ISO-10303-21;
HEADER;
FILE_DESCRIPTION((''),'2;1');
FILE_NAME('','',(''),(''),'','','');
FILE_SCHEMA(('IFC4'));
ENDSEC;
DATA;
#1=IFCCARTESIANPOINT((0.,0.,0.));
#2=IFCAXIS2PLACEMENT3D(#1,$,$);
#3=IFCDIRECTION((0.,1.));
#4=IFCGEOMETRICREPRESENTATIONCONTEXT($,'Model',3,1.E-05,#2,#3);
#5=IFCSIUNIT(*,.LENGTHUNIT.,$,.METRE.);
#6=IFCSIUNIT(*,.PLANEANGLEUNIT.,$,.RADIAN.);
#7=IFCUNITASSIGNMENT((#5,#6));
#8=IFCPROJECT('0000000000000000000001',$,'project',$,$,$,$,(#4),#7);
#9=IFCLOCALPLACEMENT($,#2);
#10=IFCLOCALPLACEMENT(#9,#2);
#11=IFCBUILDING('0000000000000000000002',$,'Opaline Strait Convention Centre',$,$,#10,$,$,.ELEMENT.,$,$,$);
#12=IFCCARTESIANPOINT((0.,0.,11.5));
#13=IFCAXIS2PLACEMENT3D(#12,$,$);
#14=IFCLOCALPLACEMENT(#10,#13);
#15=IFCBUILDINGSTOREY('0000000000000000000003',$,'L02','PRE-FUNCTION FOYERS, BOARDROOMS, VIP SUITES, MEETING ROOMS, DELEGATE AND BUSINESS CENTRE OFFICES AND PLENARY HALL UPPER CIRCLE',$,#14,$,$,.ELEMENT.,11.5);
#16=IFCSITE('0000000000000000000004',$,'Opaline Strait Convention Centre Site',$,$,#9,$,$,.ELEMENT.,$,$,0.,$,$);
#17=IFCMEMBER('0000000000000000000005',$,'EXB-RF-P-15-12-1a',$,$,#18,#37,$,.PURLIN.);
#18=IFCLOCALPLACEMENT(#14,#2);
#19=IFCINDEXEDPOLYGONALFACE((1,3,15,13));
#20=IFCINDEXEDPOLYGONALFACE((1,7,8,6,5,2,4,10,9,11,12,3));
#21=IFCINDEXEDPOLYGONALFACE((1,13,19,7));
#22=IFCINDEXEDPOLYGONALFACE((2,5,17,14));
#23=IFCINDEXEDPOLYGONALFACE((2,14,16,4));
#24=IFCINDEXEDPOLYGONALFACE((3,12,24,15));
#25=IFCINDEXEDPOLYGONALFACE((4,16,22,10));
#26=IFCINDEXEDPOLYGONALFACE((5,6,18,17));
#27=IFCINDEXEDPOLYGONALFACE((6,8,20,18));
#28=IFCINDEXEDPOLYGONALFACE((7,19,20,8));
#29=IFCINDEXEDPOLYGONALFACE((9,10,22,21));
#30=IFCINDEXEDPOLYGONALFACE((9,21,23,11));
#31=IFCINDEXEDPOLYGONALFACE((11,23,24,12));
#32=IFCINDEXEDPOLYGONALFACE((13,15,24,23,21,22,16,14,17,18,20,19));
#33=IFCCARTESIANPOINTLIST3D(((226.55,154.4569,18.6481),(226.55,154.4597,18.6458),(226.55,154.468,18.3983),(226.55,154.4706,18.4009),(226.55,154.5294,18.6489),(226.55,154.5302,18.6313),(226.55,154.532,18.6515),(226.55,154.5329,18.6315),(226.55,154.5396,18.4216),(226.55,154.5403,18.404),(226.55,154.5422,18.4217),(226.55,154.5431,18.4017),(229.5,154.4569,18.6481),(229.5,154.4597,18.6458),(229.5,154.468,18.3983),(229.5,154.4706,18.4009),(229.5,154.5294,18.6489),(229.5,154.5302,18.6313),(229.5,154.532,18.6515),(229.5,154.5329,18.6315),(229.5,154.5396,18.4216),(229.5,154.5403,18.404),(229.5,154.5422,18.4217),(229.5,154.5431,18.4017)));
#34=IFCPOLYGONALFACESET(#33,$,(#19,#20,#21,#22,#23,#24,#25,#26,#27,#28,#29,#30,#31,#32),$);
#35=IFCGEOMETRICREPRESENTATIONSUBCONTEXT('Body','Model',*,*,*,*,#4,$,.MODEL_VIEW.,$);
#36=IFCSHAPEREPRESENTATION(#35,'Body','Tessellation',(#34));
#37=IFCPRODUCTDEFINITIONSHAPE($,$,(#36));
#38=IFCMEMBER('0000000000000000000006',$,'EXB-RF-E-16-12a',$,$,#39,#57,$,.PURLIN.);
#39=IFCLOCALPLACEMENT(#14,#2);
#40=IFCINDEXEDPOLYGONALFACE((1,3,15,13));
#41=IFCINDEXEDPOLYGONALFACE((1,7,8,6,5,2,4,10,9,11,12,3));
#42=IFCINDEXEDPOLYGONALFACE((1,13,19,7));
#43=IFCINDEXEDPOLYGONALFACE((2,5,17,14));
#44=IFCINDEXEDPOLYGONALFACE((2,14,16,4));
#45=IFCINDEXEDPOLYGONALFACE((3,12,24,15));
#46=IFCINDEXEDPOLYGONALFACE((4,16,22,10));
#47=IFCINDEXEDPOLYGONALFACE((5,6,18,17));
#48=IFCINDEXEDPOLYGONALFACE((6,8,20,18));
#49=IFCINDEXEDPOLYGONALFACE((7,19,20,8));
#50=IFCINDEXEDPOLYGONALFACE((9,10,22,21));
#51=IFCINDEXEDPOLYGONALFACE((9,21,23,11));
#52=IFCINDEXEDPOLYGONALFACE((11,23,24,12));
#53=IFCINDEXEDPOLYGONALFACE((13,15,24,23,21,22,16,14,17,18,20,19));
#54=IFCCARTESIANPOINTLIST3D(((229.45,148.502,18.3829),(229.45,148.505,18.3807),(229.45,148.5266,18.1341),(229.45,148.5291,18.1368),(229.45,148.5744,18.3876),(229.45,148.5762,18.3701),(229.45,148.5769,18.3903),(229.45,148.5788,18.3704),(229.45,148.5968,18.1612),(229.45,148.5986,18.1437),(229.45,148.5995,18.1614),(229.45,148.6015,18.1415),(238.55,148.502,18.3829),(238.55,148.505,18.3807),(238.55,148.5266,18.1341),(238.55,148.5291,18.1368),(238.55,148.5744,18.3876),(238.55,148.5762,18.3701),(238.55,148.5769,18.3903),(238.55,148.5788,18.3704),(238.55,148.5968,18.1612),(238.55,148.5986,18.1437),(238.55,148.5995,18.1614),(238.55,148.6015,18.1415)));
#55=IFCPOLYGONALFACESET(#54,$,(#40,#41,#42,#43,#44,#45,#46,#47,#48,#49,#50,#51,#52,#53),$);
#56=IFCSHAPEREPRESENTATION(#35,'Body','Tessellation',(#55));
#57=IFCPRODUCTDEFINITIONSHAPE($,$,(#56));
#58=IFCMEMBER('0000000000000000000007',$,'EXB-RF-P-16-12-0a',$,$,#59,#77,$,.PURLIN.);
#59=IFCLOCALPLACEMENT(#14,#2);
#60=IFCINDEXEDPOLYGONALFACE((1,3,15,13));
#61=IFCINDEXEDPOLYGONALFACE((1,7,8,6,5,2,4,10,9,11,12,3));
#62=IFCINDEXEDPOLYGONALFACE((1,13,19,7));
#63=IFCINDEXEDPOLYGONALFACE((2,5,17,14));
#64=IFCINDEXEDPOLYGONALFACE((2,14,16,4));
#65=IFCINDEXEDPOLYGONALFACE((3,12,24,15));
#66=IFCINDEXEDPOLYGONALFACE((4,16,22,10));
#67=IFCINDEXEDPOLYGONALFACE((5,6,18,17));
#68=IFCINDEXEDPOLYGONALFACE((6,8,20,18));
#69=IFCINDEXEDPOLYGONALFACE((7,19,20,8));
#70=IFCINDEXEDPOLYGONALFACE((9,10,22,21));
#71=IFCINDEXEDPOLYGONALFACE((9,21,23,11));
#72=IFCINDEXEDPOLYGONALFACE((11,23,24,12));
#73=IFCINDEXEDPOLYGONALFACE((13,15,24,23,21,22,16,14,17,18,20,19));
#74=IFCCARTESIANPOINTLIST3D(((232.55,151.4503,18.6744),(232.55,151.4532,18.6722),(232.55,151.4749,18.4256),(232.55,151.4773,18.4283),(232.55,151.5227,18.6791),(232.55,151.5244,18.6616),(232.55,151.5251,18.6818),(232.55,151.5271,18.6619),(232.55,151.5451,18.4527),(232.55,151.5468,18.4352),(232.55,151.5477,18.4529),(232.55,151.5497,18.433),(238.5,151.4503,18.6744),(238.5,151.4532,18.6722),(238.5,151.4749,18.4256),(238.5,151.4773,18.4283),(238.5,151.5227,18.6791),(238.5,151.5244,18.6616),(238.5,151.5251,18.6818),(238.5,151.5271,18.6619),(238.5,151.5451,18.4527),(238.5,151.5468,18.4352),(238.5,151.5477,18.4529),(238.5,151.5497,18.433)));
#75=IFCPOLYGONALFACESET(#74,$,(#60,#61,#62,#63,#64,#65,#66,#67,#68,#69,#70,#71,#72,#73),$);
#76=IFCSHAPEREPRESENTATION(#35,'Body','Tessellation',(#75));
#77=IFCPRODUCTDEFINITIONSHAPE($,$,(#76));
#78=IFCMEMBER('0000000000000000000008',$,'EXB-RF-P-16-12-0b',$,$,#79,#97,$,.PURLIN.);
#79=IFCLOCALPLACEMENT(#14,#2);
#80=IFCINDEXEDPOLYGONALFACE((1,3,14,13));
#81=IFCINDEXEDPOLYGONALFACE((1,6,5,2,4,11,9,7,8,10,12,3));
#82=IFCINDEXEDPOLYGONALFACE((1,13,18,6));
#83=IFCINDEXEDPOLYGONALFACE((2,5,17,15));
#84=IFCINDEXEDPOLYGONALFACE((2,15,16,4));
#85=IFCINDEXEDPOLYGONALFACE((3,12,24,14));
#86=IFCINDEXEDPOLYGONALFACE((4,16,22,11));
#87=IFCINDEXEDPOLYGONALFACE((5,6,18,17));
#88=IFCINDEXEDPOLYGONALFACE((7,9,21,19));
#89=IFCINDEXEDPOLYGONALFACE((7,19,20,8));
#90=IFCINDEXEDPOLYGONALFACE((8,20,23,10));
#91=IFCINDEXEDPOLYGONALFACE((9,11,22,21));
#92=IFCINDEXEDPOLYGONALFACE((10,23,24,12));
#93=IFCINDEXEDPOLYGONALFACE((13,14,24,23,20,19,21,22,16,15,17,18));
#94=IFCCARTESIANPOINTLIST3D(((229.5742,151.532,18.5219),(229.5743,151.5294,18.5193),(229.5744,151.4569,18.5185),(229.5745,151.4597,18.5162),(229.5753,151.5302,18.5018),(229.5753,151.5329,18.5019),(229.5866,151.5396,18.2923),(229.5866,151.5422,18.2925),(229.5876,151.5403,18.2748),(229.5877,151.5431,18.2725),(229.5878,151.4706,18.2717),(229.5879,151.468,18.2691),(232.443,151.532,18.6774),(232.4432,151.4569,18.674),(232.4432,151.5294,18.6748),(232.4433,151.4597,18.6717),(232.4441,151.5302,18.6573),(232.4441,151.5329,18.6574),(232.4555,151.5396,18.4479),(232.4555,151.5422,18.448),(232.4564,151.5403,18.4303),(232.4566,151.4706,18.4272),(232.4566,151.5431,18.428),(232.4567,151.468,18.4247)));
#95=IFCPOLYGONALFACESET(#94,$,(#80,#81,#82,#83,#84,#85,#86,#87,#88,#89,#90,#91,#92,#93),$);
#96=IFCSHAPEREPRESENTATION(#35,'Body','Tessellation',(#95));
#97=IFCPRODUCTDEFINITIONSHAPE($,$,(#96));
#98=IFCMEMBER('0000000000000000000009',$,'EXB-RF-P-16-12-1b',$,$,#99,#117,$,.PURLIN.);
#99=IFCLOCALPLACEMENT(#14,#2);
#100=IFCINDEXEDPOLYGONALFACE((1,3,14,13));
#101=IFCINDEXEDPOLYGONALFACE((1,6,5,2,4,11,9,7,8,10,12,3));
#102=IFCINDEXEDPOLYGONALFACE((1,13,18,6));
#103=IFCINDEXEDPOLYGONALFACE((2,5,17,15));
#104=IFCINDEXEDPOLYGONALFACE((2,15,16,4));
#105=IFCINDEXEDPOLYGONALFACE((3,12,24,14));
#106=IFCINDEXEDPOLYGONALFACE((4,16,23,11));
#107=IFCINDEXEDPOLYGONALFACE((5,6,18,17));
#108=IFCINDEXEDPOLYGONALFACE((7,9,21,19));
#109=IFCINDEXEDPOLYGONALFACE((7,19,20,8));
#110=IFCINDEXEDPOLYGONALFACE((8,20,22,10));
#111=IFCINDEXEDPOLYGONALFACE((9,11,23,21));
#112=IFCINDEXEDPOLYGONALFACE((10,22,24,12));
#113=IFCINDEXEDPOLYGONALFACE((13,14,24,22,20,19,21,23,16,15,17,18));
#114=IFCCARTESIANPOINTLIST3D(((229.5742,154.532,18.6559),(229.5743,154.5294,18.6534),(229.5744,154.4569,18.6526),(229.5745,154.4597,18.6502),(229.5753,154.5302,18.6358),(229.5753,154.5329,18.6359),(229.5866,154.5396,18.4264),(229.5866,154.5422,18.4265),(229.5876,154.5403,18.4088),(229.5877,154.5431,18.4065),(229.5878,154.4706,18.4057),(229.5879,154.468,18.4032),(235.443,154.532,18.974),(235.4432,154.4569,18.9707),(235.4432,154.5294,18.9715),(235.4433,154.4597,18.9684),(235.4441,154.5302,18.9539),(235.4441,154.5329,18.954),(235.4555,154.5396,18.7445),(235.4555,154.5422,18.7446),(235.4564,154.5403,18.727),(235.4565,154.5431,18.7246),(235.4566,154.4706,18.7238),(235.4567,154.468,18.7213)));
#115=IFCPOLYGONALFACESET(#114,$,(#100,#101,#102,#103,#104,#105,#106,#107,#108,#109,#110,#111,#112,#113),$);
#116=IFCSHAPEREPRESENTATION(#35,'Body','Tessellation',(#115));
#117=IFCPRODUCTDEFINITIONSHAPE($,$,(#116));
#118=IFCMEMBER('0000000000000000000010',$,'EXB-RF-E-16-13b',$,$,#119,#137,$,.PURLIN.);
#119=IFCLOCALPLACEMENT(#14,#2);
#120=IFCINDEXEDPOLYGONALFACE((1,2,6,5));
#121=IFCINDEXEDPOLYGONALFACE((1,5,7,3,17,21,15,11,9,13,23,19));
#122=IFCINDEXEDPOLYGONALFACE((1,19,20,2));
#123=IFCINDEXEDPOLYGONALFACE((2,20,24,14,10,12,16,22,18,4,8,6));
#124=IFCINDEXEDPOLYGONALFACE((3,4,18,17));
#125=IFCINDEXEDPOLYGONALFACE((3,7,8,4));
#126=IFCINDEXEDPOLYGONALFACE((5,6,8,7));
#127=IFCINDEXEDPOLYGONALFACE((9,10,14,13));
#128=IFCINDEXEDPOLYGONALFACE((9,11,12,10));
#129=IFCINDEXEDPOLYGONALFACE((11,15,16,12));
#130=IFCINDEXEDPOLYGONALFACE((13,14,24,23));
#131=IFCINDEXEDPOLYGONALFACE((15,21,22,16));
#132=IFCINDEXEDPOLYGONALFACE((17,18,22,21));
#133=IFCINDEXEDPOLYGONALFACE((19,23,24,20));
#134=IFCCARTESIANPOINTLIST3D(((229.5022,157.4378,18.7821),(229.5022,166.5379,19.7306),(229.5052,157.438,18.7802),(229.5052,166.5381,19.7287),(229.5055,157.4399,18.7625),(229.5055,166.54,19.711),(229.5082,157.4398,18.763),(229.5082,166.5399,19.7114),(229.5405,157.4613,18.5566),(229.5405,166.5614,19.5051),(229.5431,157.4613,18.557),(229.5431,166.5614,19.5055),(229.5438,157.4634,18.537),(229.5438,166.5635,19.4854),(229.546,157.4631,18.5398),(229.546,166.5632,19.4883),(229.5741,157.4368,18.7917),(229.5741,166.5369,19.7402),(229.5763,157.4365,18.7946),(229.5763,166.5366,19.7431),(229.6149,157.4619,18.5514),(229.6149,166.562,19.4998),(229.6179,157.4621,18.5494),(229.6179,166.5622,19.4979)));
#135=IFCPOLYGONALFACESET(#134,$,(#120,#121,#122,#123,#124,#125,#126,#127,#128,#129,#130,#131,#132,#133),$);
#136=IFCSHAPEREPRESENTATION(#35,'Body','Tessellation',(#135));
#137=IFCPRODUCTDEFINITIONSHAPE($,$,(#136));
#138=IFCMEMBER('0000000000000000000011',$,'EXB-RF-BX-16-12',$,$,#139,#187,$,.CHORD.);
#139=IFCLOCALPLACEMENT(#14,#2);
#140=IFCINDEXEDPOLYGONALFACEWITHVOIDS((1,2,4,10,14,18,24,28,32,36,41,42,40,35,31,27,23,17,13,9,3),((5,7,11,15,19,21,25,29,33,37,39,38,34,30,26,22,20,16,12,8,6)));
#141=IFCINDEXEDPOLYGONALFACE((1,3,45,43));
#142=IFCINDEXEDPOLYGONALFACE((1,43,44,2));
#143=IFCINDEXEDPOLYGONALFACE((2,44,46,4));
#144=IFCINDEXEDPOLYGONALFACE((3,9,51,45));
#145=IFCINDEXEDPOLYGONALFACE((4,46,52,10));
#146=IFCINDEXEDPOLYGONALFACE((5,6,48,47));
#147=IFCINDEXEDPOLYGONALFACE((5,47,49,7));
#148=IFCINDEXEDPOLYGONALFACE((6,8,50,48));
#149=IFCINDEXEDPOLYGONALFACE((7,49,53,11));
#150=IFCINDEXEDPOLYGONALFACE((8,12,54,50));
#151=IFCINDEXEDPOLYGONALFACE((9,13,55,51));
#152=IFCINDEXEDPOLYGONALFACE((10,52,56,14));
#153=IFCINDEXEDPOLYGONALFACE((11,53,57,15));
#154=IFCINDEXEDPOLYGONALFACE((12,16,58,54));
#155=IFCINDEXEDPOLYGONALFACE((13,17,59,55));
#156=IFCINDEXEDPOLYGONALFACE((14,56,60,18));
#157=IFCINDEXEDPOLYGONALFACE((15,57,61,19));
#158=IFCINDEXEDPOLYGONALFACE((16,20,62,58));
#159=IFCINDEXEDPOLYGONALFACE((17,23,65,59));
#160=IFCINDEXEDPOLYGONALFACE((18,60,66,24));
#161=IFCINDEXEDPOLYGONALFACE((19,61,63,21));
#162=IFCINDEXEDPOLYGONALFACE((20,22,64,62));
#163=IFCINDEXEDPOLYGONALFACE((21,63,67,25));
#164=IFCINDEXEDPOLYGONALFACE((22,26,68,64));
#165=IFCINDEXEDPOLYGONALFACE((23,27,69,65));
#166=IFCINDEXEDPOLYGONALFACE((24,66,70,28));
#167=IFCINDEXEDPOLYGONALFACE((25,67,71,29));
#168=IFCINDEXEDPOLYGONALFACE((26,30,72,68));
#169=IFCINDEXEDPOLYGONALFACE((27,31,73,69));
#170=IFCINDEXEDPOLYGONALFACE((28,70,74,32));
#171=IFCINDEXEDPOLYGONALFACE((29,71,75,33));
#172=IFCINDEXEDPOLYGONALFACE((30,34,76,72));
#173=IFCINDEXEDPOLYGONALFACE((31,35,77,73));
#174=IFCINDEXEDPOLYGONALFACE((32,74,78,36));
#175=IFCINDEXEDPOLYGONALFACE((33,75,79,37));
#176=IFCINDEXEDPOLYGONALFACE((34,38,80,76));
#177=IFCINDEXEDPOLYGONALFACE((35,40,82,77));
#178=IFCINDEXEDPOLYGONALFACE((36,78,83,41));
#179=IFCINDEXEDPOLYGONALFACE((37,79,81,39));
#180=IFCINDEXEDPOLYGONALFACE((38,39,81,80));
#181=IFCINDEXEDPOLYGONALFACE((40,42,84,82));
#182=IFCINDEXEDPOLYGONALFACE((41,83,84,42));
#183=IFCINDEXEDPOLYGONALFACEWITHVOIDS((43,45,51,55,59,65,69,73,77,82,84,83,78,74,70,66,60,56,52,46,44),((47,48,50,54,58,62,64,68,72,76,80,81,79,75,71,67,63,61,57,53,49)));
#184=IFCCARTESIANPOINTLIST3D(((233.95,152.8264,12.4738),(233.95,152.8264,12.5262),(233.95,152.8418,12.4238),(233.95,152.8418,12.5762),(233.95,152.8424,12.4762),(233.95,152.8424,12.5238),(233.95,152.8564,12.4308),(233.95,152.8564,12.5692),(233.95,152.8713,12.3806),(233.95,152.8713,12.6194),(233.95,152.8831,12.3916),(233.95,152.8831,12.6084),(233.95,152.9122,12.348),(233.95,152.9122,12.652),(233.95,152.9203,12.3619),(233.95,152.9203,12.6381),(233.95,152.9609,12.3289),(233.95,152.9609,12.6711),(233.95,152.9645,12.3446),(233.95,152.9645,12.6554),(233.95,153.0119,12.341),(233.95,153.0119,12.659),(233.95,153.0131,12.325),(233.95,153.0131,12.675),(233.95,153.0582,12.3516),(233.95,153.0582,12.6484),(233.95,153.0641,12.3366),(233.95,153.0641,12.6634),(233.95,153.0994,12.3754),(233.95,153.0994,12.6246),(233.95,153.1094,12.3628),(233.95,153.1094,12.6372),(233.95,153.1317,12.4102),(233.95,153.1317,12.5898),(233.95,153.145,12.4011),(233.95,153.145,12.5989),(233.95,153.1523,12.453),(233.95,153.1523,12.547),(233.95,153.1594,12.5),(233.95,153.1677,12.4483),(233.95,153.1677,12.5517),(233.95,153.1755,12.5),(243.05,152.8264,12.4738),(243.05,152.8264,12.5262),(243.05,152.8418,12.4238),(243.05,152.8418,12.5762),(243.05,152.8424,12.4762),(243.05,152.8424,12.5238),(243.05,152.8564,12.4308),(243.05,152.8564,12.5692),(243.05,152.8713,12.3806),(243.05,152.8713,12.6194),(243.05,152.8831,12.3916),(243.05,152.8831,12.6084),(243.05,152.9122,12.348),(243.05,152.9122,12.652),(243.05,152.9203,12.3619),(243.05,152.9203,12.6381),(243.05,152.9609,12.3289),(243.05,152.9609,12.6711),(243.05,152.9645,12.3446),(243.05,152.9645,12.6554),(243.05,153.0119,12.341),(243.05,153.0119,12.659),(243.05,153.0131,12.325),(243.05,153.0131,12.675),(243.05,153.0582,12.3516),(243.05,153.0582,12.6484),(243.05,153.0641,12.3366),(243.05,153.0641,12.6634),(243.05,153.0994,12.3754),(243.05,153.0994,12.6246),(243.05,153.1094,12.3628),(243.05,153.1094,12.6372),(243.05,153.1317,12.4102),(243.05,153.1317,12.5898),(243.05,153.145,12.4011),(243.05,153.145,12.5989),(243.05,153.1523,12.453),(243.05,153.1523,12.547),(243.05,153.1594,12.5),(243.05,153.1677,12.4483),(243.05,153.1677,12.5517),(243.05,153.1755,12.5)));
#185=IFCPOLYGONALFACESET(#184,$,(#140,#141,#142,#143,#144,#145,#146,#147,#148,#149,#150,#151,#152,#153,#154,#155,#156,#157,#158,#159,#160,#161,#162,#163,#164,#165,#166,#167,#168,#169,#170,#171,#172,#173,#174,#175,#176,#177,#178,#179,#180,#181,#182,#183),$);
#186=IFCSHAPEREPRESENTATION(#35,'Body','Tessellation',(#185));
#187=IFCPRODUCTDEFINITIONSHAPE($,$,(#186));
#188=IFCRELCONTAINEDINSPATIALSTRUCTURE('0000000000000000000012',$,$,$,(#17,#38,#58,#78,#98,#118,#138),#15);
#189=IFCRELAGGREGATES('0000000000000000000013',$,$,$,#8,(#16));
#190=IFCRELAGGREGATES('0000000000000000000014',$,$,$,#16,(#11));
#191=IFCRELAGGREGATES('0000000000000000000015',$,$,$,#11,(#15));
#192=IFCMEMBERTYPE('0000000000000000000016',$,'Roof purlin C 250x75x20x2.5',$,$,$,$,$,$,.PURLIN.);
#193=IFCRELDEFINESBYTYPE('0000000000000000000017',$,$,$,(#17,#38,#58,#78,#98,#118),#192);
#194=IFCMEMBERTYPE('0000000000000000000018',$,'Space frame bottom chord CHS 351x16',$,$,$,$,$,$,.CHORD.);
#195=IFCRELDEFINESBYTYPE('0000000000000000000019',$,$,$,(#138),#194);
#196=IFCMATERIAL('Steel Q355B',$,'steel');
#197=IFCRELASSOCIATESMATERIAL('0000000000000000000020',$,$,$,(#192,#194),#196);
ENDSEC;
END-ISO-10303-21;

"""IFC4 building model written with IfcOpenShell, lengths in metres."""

from ifc_helpers import new_model, si_unit, direction, frame, origin, origin_2d, place, context, subcontext, project, spatial, polyline, hollow_circle, outline, extrude, material, material_profile, profile_set, type_object, element, save


model = new_model("IFC4")

# Units and contexts
model_context = context("Model", 3, precision=1e-05, world=origin(), true_north=direction((0.0, 1.0)))
body_context = subcontext(model_context, "Body", "Model", "MODEL_VIEW")
ifc_project = project(units=[si_unit("LENGTHUNIT", "METRE"), si_unit("PLANEANGLEUNIT", "RADIAN")], contexts=[model_context])

# Site, building, storey
site_placement = place(None, origin())
site = spatial("IfcSite", under=ifc_project, at=site_placement, Name="Opaline Strait Convention Centre Site", CompositionType="ELEMENT", RefElevation=0.0)
building_placement = place(site_placement, origin())
building = spatial("IfcBuilding", under=site, at=building_placement, Name="Opaline Strait Convention Centre", CompositionType="ELEMENT")
storey_placement = place(building_placement, frame((0.0, 0.0, 11.5)))
storey = spatial("IfcBuildingStorey", under=building, at=storey_placement, Name="L02", Description="PRE-FUNCTION FOYERS, BOARDROOMS, VIP SUITES, MEETING ROOMS, DELEGATE AND BUSINESS CENTRE OFFICES AND PLENARY HALL UPPER CIRCLE", CompositionType="ELEMENT", Elevation=11.5)

# Members
ifc_material_1 = material(Name="Steel Q355B", Category="steel")
ifc_material_profile_1 = material_profile(ifc_material_1, outline(polyline([(-0.0376, -0.125), (0.0376, -0.125), (0.0376, -0.105), (0.0349, -0.105), (0.0349, -0.1226), (-0.0349, -0.1226), (-0.0349, 0.1226), (0.0349, 0.1226), (0.0349, 0.105), (0.0376, 0.105), (0.0376, 0.125), (-0.0376, 0.125), (-0.0376, -0.125)])), Name="C 250x75x20x2.5")
ifc_profile_set_1 = profile_set([ifc_material_profile_1], Name="Steel Q355B")
member_type_1 = type_object("IfcMemberType", Name="Roof purlin C 250x75x20x2.5", PredefinedType="PURLIN", material=ifc_profile_set_1)
member_1_placement = place(storey_placement, frame((226.55, 154.5, 18.5249), z_axis=(1.0, 0.0, 0.0), x_axis=(0.0, 0.999005, 0.044606)))
element("IfcMember", 1, at=member_1_placement, inside=storey, type_object=member_type_1, Name="EXB-RF-P-15-12-1a", PredefinedType="PURLIN", context=body_context, shape_type="SweptSolid", body=[
    extrude(outline(polyline([(-0.0376, -0.125), (0.0376, -0.125), (0.0376, -0.105), (0.0349, -0.105), (0.0349, -0.1226), (-0.0349, -0.1226), (-0.0349, 0.1226), (0.0349, 0.1226), (0.0349, 0.105), (0.0376, 0.105), (0.0376, 0.125), (-0.0376, 0.125), (-0.0376, -0.125)])), origin(), (0.0, 0.0, 1.0), 2.95),
])
member_2_placement = place(storey_placement, frame((229.45, 148.5518, 18.2622), z_axis=(1.0, 0.0, 0.0), x_axis=(0.0, 0.995149, 0.098378)))
element("IfcMember", 2, at=member_2_placement, inside=storey, type_object=member_type_1, Name="EXB-RF-E-16-12a", PredefinedType="PURLIN", context=body_context, shape_type="SweptSolid", body=[
    extrude(outline(polyline([(-0.0376, -0.125), (0.0376, -0.125), (0.0376, -0.105), (0.0349, -0.105), (0.0349, -0.1226), (-0.0349, -0.1226), (-0.0349, 0.1226), (0.0349, 0.1226), (0.0349, 0.105), (0.0376, 0.105), (0.0376, 0.125), (-0.0376, 0.125), (-0.0376, -0.125)])), origin(), (0.0, 0.0, 1.0), 9.1001),
])
member_3_placement = place(storey_placement, frame((232.55, 151.5, 18.5537), z_axis=(1.0, 0.0, 0.0), x_axis=(0.0, 0.995149, 0.098378)))
element("IfcMember", 3, at=member_3_placement, inside=storey, type_object=member_type_1, Name="EXB-RF-P-16-12-0a", PredefinedType="PURLIN", context=body_context, shape_type="SweptSolid", body=[
    extrude(outline(polyline([(-0.0376, -0.125), (0.0376, -0.125), (0.0376, -0.105), (0.0349, -0.105), (0.0349, -0.1226), (-0.0349, -0.1226), (-0.0349, 0.1226), (0.0349, 0.1226), (0.0349, 0.105), (0.0376, 0.105), (0.0376, 0.125), (-0.0376, 0.125), (-0.0376, -0.125)])), origin(), (0.0, 0.0, 1.0), 5.95),
])
member_4_placement = place(storey_placement, frame((229.5811, 151.5, 18.3955), z_axis=(0.998534, 0.0, 0.054129), x_axis=(-0.002414, 0.999005, 0.044541)))
element("IfcMember", 4, at=member_4_placement, inside=storey, type_object=member_type_1, Name="EXB-RF-P-16-12-0b", PredefinedType="PURLIN", context=body_context, shape_type="SweptSolid", body=[
    extrude(outline(polyline([(-0.0376, -0.125), (0.0376, -0.125), (0.0376, -0.105), (0.0349, -0.105), (0.0349, -0.1226), (-0.0349, -0.1226), (-0.0349, 0.1226), (0.0349, 0.1226), (0.0349, 0.105), (0.0376, 0.105), (0.0376, 0.125), (-0.0376, 0.125), (-0.0376, -0.125)])), origin(), (0.0, 0.0, 1.0), 2.873),
])
member_5_placement = place(storey_placement, frame((229.5811, 154.5, 18.5295), z_axis=(0.998534, 0.0, 0.054124), x_axis=(-0.002414, 0.999005, 0.044541)))
element("IfcMember", 5, at=member_5_placement, inside=storey, type_object=member_type_1, Name="EXB-RF-P-16-12-1b", PredefinedType="PURLIN", context=body_context, shape_type="SweptSolid", body=[
    extrude(outline(polyline([(-0.0376, -0.125), (0.0376, -0.125), (0.0376, -0.105), (0.0349, -0.105), (0.0349, -0.1226), (-0.0349, -0.1226), (-0.0349, 0.1226), (0.0349, 0.1226), (0.0349, 0.105), (0.0376, 0.105), (0.0376, 0.125), (-0.0376, 0.125), (-0.0376, -0.125)])), origin(), (0.0, 0.0, 1.0), 5.8774),
])
member_6_placement = place(storey_placement, frame((229.5601, 157.45, 18.6658), z_axis=(0.0, 0.994612, 0.103667), x_axis=(-0.986052, 0.017254, -0.165542)))
element("IfcMember", 6, at=member_6_placement, inside=storey, type_object=member_type_1, Name="EXB-RF-E-16-13b", PredefinedType="PURLIN", context=body_context, shape_type="SweptSolid", body=[
    extrude(outline(polyline([(-0.0376, -0.125), (0.0376, -0.125), (0.0376, -0.105), (0.0349, -0.105), (0.0349, -0.1226), (-0.0349, -0.1226), (-0.0349, 0.1226), (0.0349, 0.1226), (0.0349, 0.105), (0.0376, 0.105), (0.0376, 0.125), (-0.0376, 0.125), (-0.0376, -0.125)])), origin(), (0.0, 0.0, 1.0), 9.1494),
])
ifc_material_profile_2 = material_profile(ifc_material_1, hollow_circle(Radius=0.1755, WallThickness=0.0161, at=origin_2d()), Name="CHS 351x16")
ifc_profile_set_2 = profile_set([ifc_material_profile_2], Name="Steel Q355B")
member_type_2 = type_object("IfcMemberType", Name="Space frame bottom chord CHS 351x16", PredefinedType="CHORD", material=ifc_profile_set_2)
member_7_placement = place(storey_placement, frame((233.95, 153.0, 12.5), z_axis=(1.0, 0.0, 0.0), x_axis=(0.0, 1.0, 0.0)))
element("IfcMember", 7, at=member_7_placement, inside=storey, type_object=member_type_2, Name="EXB-RF-BX-16-12", PredefinedType="CHORD", context=body_context, shape_type="SweptSolid", body=[
    extrude(hollow_circle(Radius=0.1755, WallThickness=0.0161, at=origin_2d()), origin(), (0.0, 0.0, 1.0), 9.1001),
])

save(model, "model.ifc")
